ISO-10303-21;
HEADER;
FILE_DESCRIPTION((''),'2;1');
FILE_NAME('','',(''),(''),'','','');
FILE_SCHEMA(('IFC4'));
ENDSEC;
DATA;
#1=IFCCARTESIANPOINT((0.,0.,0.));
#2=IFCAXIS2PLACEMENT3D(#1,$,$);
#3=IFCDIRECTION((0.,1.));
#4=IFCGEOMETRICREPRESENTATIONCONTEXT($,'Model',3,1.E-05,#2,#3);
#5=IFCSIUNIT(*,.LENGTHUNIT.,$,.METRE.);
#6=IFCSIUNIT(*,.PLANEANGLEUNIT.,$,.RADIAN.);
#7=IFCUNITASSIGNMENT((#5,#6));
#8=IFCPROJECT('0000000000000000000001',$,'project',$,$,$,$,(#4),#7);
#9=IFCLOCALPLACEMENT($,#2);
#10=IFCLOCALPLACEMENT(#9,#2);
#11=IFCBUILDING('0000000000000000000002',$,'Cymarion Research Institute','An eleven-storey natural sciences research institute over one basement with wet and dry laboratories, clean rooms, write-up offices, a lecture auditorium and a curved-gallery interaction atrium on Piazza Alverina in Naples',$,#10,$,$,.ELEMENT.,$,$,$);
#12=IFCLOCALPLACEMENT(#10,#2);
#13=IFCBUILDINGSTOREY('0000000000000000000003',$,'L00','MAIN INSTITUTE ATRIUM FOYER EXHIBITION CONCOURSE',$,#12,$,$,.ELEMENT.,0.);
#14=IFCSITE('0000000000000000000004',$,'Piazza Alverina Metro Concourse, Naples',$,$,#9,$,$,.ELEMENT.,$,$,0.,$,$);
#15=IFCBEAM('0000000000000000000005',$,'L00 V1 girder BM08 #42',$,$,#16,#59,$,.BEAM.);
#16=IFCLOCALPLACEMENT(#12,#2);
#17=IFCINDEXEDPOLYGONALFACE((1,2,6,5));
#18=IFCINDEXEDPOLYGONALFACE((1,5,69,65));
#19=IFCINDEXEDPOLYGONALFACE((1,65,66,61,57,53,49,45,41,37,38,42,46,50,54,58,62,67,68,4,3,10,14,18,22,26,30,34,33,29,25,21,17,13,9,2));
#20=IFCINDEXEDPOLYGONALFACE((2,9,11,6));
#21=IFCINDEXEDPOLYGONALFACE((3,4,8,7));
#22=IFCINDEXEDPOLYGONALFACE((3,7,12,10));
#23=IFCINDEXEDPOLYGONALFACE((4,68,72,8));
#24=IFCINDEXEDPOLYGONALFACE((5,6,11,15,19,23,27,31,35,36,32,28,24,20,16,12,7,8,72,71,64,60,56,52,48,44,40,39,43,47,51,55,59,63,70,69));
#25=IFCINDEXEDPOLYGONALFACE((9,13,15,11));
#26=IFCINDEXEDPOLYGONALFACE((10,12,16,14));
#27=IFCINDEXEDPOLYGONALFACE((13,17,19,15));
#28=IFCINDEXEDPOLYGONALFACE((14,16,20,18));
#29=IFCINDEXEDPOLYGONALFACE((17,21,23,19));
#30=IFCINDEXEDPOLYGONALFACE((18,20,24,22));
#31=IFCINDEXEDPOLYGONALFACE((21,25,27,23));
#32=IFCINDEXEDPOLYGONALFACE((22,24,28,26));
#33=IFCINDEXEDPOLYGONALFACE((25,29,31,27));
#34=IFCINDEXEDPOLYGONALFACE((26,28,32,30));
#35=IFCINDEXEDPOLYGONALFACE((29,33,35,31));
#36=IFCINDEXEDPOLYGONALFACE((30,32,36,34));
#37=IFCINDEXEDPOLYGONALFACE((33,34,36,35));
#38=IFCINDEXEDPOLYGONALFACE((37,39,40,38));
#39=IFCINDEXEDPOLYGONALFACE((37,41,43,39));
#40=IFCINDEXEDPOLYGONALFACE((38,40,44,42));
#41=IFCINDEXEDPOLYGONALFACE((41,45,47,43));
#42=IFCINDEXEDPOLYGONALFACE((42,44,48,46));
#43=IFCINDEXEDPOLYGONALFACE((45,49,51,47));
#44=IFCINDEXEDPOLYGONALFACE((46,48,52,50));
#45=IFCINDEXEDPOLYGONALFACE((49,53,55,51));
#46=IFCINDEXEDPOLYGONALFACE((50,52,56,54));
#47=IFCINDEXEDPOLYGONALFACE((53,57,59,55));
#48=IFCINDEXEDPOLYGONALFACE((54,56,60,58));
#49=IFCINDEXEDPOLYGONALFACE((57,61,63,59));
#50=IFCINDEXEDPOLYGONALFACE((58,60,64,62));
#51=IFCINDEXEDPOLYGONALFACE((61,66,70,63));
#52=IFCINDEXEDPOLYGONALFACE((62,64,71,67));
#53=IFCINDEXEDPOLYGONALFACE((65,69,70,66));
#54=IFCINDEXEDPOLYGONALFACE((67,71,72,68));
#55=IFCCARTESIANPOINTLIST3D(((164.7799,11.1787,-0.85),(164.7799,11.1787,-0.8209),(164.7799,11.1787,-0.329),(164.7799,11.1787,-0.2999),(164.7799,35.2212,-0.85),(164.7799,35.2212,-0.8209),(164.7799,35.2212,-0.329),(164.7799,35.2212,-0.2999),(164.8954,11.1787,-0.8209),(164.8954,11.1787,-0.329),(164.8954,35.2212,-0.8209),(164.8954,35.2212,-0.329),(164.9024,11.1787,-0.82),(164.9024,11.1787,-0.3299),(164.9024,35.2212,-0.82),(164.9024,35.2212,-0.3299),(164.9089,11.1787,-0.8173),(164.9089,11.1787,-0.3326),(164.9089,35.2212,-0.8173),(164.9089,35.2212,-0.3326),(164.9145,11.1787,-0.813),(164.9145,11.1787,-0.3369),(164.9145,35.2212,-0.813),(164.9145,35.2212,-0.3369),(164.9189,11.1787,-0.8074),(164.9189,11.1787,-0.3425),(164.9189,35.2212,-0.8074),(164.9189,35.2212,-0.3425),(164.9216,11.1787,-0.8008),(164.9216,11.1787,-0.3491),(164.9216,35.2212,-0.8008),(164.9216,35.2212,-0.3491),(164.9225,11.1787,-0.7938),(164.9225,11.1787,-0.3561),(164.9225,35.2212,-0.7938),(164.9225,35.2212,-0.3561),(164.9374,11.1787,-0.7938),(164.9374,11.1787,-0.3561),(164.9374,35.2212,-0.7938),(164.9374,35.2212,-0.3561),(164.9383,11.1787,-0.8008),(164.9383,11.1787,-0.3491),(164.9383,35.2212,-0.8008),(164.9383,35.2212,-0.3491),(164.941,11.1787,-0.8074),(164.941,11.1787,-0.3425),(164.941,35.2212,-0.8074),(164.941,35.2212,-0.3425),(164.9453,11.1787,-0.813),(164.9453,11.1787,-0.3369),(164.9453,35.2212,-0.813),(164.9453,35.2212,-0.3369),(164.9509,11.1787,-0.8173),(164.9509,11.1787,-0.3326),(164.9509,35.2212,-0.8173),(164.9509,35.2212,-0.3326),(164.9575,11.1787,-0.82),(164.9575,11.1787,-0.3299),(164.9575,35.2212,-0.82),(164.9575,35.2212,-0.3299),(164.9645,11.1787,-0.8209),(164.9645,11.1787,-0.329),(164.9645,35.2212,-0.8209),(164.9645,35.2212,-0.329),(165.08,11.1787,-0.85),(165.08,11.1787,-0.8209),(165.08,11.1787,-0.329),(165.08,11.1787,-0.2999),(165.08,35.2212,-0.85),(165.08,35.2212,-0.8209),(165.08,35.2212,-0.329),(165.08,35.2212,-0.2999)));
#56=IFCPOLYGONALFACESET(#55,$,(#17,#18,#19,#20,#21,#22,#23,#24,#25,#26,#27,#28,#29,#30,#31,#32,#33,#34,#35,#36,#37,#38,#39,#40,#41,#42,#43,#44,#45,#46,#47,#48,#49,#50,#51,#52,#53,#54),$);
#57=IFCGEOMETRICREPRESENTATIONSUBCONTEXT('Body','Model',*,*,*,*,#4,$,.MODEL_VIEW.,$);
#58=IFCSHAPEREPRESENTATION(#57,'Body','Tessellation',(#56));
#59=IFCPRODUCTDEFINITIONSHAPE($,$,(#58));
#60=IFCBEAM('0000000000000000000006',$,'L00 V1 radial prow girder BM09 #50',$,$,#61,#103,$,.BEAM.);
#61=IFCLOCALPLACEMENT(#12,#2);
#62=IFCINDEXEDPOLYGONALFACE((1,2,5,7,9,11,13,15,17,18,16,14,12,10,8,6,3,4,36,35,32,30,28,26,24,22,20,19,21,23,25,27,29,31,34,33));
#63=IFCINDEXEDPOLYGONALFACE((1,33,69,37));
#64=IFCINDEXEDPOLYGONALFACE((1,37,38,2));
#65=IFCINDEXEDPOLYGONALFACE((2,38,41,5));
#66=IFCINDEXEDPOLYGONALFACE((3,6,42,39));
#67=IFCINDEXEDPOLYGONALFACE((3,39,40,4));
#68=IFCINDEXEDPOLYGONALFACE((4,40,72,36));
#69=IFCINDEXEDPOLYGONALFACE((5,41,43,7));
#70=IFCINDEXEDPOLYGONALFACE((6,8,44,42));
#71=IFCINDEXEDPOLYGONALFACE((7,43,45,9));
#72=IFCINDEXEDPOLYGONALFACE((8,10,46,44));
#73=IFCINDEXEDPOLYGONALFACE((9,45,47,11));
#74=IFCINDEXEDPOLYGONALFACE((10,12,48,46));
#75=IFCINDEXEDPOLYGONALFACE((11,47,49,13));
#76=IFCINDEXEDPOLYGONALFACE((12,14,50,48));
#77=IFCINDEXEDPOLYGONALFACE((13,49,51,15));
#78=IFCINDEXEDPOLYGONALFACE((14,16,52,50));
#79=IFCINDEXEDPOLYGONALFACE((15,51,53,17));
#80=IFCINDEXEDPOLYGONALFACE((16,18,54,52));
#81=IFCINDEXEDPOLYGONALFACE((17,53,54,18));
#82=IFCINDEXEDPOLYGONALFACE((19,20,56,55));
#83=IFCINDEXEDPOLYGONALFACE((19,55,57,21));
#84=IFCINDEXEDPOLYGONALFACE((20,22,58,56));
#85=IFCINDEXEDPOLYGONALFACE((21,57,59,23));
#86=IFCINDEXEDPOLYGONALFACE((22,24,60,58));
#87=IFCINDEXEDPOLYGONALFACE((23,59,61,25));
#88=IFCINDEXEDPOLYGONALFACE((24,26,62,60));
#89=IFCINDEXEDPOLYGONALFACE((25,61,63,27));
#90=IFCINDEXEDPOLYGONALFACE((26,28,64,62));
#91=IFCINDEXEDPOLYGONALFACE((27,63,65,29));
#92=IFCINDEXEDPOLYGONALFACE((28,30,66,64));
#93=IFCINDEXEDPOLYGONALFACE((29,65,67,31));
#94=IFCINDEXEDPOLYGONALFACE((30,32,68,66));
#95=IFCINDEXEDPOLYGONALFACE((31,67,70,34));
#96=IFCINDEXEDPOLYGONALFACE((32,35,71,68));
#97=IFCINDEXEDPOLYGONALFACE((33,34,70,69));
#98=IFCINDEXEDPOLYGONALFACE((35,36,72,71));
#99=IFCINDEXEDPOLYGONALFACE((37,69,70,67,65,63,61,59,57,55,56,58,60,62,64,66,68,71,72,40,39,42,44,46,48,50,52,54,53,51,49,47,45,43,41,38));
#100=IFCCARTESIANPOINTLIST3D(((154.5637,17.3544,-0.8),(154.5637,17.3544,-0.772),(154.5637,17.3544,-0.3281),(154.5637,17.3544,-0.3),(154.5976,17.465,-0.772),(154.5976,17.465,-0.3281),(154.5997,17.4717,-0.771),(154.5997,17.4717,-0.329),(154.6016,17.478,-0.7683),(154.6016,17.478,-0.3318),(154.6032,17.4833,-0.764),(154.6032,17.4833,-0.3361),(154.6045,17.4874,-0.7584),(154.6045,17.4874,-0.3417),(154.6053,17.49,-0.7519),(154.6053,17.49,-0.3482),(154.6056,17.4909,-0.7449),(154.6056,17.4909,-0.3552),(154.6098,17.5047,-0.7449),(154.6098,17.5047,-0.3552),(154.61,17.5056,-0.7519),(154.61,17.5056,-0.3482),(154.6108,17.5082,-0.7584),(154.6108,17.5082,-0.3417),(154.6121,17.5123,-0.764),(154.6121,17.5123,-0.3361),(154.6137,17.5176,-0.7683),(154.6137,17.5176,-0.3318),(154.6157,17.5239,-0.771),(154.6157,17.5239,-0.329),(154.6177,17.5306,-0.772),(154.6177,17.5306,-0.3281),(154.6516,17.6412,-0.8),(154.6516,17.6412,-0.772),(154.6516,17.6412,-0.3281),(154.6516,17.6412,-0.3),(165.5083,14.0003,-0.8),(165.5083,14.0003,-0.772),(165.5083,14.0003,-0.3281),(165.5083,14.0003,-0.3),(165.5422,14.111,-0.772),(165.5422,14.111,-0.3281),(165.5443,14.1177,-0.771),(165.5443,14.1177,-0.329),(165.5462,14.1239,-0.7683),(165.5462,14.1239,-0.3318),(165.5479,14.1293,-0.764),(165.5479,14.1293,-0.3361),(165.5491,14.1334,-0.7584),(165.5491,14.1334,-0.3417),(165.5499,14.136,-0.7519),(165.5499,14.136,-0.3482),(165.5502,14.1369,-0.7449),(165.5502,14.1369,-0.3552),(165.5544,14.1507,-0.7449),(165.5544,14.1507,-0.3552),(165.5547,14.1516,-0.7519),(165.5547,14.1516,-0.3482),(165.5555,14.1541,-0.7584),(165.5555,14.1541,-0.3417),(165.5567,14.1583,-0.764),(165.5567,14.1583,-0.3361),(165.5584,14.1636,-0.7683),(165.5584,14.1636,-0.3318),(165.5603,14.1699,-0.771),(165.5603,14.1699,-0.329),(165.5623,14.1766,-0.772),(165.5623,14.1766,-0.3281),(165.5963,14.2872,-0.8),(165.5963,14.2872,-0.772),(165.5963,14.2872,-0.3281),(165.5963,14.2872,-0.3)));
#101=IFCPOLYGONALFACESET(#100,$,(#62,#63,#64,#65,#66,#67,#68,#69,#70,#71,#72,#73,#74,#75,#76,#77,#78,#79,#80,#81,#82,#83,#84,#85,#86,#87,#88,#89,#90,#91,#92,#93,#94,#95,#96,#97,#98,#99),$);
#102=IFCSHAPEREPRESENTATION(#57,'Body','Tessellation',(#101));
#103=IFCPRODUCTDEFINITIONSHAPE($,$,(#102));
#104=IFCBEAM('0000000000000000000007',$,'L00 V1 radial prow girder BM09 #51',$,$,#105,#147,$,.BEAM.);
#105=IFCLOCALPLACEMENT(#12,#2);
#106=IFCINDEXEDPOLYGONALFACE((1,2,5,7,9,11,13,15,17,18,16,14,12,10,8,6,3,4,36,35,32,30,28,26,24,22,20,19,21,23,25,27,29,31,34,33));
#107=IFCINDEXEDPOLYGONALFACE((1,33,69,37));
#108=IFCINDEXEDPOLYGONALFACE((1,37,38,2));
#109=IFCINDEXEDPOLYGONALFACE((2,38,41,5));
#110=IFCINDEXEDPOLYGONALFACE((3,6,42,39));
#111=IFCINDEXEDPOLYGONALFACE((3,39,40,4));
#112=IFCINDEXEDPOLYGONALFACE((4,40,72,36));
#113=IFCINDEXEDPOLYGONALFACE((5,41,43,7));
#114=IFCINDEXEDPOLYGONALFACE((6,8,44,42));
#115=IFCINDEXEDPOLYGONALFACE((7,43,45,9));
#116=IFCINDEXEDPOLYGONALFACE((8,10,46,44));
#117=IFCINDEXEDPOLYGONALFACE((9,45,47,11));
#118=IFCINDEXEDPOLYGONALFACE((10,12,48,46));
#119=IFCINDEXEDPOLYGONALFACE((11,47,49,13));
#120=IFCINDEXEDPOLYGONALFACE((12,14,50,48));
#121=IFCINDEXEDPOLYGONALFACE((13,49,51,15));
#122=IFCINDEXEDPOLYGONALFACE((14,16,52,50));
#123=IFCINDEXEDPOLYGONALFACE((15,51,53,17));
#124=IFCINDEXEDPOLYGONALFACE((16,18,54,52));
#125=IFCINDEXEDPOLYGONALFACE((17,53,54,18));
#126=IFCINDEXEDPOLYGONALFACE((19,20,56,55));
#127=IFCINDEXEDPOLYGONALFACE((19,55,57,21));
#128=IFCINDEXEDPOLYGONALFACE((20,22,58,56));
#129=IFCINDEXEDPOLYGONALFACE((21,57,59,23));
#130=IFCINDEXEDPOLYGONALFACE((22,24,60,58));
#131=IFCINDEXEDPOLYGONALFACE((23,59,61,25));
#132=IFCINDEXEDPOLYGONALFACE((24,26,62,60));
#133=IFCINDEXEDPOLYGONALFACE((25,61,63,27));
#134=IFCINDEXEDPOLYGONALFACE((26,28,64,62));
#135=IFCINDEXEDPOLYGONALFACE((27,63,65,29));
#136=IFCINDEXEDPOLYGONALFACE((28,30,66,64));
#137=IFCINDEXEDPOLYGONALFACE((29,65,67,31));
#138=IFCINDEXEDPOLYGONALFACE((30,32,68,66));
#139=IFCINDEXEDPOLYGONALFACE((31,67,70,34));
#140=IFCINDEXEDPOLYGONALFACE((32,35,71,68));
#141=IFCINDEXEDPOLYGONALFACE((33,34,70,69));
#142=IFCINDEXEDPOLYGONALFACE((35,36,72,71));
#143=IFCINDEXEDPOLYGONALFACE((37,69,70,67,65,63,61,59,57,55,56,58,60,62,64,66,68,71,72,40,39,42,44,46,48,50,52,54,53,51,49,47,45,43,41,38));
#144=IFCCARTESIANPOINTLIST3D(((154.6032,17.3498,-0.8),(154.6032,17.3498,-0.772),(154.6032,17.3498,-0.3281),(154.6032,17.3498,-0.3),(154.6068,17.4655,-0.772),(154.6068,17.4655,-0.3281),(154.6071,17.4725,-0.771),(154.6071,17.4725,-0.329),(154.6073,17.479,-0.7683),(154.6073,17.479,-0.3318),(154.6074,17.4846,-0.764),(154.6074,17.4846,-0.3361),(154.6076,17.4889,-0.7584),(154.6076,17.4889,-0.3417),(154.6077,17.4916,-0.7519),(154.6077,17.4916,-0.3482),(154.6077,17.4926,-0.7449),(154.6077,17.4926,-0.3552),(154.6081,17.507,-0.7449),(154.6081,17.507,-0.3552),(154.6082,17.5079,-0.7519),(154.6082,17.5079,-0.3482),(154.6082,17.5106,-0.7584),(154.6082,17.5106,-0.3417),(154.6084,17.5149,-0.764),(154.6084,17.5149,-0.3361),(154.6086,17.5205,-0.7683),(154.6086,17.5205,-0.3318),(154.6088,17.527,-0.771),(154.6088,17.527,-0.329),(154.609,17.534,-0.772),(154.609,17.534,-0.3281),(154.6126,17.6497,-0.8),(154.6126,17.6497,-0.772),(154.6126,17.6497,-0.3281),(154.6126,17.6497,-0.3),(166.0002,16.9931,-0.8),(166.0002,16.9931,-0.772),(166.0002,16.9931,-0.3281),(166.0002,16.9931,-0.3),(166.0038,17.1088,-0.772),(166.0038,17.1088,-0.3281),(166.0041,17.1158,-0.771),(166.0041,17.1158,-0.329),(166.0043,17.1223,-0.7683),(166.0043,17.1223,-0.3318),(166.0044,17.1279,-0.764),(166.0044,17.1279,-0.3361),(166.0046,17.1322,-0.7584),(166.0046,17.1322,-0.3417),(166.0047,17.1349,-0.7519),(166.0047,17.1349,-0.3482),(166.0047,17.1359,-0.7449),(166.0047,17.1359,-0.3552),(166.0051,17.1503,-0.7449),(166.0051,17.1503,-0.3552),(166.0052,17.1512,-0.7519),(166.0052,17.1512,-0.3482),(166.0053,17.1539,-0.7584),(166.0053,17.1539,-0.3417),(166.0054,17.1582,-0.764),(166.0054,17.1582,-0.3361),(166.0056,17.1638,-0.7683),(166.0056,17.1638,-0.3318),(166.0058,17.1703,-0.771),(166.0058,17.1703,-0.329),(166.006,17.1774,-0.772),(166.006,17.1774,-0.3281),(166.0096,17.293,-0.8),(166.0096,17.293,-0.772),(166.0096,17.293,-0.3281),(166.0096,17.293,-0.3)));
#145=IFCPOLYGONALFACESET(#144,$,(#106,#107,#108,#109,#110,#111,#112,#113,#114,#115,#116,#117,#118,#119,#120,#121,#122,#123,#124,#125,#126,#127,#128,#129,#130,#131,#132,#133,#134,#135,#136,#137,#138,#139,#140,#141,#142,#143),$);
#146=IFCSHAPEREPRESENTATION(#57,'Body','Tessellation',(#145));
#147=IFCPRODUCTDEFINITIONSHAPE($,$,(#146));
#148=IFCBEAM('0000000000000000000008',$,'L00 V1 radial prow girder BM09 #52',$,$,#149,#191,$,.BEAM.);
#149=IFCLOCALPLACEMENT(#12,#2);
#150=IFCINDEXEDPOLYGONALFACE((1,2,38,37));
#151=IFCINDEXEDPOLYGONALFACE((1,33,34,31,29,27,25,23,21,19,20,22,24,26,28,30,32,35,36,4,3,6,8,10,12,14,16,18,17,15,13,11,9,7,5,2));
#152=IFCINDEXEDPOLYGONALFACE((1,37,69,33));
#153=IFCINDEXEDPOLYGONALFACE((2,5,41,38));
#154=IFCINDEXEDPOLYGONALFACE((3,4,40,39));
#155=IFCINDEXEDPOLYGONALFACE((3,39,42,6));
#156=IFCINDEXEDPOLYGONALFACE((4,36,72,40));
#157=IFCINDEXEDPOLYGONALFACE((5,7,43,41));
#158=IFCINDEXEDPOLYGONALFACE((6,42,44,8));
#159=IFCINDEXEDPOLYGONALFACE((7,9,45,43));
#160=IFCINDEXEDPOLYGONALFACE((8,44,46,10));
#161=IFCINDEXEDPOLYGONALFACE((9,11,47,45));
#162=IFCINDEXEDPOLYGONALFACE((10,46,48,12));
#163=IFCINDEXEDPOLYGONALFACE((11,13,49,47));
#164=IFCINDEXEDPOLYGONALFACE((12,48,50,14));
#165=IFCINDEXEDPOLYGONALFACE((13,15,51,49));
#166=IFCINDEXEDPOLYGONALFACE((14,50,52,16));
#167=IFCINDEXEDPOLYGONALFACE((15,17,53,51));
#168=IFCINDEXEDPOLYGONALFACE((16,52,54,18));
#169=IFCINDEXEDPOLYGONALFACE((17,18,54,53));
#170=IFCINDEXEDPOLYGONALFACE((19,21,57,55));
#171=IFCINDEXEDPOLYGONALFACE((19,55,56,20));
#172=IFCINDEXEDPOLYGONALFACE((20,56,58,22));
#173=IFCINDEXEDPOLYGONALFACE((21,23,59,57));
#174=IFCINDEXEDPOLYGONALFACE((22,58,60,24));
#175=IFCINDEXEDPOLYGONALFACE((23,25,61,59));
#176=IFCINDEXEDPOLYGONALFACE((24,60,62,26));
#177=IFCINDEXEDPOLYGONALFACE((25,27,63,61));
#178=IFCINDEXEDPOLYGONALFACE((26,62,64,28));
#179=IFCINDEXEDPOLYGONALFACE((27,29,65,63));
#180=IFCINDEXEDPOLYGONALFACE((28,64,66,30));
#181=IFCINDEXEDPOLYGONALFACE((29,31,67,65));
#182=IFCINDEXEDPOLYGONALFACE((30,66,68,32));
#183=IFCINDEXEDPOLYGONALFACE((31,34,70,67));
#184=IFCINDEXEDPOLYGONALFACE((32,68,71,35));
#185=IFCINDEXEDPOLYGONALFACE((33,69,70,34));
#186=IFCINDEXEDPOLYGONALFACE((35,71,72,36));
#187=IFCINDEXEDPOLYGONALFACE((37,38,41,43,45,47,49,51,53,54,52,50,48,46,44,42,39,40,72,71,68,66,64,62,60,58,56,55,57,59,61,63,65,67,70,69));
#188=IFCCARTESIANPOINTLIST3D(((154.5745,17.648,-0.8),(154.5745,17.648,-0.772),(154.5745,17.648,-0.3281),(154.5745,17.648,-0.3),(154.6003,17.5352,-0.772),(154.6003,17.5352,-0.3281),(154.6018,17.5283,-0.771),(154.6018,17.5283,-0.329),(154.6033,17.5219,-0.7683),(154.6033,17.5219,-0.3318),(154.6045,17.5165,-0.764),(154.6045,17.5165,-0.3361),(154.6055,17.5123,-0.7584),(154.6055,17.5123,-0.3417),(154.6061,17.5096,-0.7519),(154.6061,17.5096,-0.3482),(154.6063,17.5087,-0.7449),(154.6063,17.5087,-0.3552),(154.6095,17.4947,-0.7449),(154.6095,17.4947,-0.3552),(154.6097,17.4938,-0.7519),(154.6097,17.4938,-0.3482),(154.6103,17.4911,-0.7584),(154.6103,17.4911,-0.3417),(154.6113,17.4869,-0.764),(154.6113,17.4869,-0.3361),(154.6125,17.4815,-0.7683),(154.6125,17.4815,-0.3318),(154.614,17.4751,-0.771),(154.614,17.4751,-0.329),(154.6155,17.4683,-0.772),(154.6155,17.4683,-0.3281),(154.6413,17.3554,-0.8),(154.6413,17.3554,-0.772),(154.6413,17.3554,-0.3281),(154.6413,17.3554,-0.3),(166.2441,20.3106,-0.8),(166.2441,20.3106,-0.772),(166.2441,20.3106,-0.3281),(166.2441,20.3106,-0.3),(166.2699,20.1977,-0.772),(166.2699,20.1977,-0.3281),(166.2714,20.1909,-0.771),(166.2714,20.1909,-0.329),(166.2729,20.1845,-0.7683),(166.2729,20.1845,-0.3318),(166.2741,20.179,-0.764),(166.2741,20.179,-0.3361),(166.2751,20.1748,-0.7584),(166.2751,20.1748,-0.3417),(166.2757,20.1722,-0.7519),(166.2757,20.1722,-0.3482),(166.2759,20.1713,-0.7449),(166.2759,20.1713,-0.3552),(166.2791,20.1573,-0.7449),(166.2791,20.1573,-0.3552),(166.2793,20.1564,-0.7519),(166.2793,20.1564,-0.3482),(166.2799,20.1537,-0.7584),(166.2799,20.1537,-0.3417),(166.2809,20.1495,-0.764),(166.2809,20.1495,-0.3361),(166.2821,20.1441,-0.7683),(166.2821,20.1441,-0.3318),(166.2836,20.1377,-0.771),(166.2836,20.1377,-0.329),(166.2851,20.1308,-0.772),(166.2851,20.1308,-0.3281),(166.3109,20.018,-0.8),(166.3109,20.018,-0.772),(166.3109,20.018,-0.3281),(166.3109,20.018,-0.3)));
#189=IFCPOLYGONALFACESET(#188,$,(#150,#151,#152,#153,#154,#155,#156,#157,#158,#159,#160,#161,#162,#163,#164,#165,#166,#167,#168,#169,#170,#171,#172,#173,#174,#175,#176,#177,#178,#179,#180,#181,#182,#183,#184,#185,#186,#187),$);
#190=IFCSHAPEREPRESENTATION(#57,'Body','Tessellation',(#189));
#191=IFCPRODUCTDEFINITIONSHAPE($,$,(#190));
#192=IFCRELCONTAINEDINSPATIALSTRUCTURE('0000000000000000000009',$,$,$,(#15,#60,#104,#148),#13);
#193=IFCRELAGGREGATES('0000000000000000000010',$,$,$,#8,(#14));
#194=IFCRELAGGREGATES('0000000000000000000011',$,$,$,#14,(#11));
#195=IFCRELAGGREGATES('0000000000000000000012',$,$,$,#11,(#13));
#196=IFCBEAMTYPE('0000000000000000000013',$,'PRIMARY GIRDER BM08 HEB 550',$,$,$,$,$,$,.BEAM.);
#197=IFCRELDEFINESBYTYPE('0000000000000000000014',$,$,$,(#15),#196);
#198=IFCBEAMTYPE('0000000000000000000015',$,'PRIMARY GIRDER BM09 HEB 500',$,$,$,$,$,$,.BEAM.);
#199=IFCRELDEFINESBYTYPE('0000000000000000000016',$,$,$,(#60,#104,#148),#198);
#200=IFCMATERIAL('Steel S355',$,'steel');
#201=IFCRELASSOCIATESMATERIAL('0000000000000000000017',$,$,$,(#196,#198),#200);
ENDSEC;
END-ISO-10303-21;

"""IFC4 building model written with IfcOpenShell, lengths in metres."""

from ifc_helpers import new_model, si_unit, direction, frame, origin, origin_2d, place, context, subcontext, project, spatial, i_section, extrude, material, material_profile, profile_set, type_object, element, save


model = new_model("IFC4")

# Units and contexts
model_context = context("Model", 3, precision=1e-05, world=origin(), true_north=direction((0.0, 1.0)))
body_context = subcontext(model_context, "Body", "Model", "MODEL_VIEW")
ifc_project = project(units=[si_unit("LENGTHUNIT", "METRE"), si_unit("PLANEANGLEUNIT", "RADIAN")], contexts=[model_context])

# Site, building, storey
site_placement = place(None, origin())
site = spatial("IfcSite", under=ifc_project, at=site_placement, Name="Piazza Alverina Metro Concourse, Naples", CompositionType="ELEMENT", RefElevation=0.0)
building_placement = place(site_placement, origin())
building = spatial("IfcBuilding", under=site, at=building_placement, Name="Cymarion Research Institute", Description="An eleven-storey natural sciences research institute over one basement with wet and dry laboratories, clean rooms, write-up offices, a lecture auditorium and a curved-gallery interaction atrium on Piazza Alverina in Naples", CompositionType="ELEMENT")
storey_placement = place(building_placement, origin())
storey = spatial("IfcBuildingStorey", under=building, at=storey_placement, Name="L00", Description="MAIN INSTITUTE ATRIUM FOYER EXHIBITION CONCOURSE", CompositionType="ELEMENT", Elevation=0.0)

# Shared definitions
ifc_material_1 = material(Name="Steel S355", Category="steel")

# Beams
ifc_material_profile_1 = material_profile(ifc_material_1, i_section(OverallWidth=0.3, OverallDepth=0.55, WebThickness=0.0149, FlangeThickness=0.0291, FilletRadius=0.0271, at=origin_2d()), Name="HEB 550")
ifc_profile_set_1 = profile_set([ifc_material_profile_1], Name="Steel S355")
beam_type_1 = type_object("IfcBeamType", Name="PRIMARY GIRDER BM08 HEB 550", PredefinedType="BEAM", material=ifc_profile_set_1)
beam_1_placement = place(storey_placement, frame((164.9299, 11.1787, -0.575), z_axis=(0.0, 1.0, 0.0), x_axis=(-1.0, 0.0, 0.0)))
element("IfcBeam", 1, at=beam_1_placement, inside=storey, type_object=beam_type_1, Name="L00 V1 girder BM08 #42", PredefinedType="BEAM", context=body_context, shape_type="SweptSolid", body=[
    extrude(i_section(OverallWidth=0.3, OverallDepth=0.55, WebThickness=0.0149, FlangeThickness=0.0291, FilletRadius=0.0271, at=origin_2d()), origin(), (0.0, 0.0, 1.0), 24.0425),
])
ifc_material_profile_2 = material_profile(ifc_material_1, i_section(OverallWidth=0.3, OverallDepth=0.5, WebThickness=0.0144, FlangeThickness=0.0281, FilletRadius=0.0271, at=origin_2d()), Name="HEB 500")
ifc_profile_set_2 = profile_set([ifc_material_profile_2], Name="Steel S355")
beam_type_2 = type_object("IfcBeamType", Name="PRIMARY GIRDER BM09 HEB 500", PredefinedType="BEAM", material=ifc_profile_set_2)
beam_2_placement = place(storey_placement, frame((154.6077, 17.4978, -0.55), z_axis=(0.956111, -0.293004, 0.0), x_axis=(0.293004, 0.956111, 0.0)))
element("IfcBeam", 2, at=beam_2_placement, inside=storey, type_object=beam_type_2, Name="L00 V1 radial prow girder BM09 #50", PredefinedType="BEAM", context=body_context, shape_type="SweptSolid", body=[
    extrude(i_section(OverallWidth=0.3, OverallDepth=0.5, WebThickness=0.0144, FlangeThickness=0.0281, FilletRadius=0.0271, at=origin_2d()), origin(), (0.0, 0.0, 1.0), 11.447),
])
beam_3_placement = place(storey_placement, frame((154.6079, 17.4998, -0.55), z_axis=(0.999511, -0.031282, 0.0), x_axis=(0.031282, 0.999511, 0.0)))
element("IfcBeam", 3, at=beam_3_placement, inside=storey, type_object=beam_type_2, Name="L00 V1 radial prow girder BM09 #51", PredefinedType="BEAM", context=body_context, shape_type="SweptSolid", body=[
    extrude(i_section(OverallWidth=0.3, OverallDepth=0.5, WebThickness=0.0144, FlangeThickness=0.0281, FilletRadius=0.0271, at=origin_2d()), origin(), (0.0, 0.0, 1.0), 11.4026),
])
beam_4_placement = place(storey_placement, frame((154.6079, 17.5017, -0.55), z_axis=(0.974945, 0.222447, 0.0), x_axis=(-0.222447, 0.974945, 0.0)))
element("IfcBeam", 4, at=beam_4_placement, inside=storey, type_object=beam_type_2, Name="L00 V1 radial prow girder BM09 #52", PredefinedType="BEAM", context=body_context, shape_type="SweptSolid", body=[
    extrude(i_section(OverallWidth=0.3, OverallDepth=0.5, WebThickness=0.0144, FlangeThickness=0.0281, FilletRadius=0.0271, at=origin_2d()), origin(), (0.0, 0.0, 1.0), 11.9695),
])

save(model, "model.ifc")
